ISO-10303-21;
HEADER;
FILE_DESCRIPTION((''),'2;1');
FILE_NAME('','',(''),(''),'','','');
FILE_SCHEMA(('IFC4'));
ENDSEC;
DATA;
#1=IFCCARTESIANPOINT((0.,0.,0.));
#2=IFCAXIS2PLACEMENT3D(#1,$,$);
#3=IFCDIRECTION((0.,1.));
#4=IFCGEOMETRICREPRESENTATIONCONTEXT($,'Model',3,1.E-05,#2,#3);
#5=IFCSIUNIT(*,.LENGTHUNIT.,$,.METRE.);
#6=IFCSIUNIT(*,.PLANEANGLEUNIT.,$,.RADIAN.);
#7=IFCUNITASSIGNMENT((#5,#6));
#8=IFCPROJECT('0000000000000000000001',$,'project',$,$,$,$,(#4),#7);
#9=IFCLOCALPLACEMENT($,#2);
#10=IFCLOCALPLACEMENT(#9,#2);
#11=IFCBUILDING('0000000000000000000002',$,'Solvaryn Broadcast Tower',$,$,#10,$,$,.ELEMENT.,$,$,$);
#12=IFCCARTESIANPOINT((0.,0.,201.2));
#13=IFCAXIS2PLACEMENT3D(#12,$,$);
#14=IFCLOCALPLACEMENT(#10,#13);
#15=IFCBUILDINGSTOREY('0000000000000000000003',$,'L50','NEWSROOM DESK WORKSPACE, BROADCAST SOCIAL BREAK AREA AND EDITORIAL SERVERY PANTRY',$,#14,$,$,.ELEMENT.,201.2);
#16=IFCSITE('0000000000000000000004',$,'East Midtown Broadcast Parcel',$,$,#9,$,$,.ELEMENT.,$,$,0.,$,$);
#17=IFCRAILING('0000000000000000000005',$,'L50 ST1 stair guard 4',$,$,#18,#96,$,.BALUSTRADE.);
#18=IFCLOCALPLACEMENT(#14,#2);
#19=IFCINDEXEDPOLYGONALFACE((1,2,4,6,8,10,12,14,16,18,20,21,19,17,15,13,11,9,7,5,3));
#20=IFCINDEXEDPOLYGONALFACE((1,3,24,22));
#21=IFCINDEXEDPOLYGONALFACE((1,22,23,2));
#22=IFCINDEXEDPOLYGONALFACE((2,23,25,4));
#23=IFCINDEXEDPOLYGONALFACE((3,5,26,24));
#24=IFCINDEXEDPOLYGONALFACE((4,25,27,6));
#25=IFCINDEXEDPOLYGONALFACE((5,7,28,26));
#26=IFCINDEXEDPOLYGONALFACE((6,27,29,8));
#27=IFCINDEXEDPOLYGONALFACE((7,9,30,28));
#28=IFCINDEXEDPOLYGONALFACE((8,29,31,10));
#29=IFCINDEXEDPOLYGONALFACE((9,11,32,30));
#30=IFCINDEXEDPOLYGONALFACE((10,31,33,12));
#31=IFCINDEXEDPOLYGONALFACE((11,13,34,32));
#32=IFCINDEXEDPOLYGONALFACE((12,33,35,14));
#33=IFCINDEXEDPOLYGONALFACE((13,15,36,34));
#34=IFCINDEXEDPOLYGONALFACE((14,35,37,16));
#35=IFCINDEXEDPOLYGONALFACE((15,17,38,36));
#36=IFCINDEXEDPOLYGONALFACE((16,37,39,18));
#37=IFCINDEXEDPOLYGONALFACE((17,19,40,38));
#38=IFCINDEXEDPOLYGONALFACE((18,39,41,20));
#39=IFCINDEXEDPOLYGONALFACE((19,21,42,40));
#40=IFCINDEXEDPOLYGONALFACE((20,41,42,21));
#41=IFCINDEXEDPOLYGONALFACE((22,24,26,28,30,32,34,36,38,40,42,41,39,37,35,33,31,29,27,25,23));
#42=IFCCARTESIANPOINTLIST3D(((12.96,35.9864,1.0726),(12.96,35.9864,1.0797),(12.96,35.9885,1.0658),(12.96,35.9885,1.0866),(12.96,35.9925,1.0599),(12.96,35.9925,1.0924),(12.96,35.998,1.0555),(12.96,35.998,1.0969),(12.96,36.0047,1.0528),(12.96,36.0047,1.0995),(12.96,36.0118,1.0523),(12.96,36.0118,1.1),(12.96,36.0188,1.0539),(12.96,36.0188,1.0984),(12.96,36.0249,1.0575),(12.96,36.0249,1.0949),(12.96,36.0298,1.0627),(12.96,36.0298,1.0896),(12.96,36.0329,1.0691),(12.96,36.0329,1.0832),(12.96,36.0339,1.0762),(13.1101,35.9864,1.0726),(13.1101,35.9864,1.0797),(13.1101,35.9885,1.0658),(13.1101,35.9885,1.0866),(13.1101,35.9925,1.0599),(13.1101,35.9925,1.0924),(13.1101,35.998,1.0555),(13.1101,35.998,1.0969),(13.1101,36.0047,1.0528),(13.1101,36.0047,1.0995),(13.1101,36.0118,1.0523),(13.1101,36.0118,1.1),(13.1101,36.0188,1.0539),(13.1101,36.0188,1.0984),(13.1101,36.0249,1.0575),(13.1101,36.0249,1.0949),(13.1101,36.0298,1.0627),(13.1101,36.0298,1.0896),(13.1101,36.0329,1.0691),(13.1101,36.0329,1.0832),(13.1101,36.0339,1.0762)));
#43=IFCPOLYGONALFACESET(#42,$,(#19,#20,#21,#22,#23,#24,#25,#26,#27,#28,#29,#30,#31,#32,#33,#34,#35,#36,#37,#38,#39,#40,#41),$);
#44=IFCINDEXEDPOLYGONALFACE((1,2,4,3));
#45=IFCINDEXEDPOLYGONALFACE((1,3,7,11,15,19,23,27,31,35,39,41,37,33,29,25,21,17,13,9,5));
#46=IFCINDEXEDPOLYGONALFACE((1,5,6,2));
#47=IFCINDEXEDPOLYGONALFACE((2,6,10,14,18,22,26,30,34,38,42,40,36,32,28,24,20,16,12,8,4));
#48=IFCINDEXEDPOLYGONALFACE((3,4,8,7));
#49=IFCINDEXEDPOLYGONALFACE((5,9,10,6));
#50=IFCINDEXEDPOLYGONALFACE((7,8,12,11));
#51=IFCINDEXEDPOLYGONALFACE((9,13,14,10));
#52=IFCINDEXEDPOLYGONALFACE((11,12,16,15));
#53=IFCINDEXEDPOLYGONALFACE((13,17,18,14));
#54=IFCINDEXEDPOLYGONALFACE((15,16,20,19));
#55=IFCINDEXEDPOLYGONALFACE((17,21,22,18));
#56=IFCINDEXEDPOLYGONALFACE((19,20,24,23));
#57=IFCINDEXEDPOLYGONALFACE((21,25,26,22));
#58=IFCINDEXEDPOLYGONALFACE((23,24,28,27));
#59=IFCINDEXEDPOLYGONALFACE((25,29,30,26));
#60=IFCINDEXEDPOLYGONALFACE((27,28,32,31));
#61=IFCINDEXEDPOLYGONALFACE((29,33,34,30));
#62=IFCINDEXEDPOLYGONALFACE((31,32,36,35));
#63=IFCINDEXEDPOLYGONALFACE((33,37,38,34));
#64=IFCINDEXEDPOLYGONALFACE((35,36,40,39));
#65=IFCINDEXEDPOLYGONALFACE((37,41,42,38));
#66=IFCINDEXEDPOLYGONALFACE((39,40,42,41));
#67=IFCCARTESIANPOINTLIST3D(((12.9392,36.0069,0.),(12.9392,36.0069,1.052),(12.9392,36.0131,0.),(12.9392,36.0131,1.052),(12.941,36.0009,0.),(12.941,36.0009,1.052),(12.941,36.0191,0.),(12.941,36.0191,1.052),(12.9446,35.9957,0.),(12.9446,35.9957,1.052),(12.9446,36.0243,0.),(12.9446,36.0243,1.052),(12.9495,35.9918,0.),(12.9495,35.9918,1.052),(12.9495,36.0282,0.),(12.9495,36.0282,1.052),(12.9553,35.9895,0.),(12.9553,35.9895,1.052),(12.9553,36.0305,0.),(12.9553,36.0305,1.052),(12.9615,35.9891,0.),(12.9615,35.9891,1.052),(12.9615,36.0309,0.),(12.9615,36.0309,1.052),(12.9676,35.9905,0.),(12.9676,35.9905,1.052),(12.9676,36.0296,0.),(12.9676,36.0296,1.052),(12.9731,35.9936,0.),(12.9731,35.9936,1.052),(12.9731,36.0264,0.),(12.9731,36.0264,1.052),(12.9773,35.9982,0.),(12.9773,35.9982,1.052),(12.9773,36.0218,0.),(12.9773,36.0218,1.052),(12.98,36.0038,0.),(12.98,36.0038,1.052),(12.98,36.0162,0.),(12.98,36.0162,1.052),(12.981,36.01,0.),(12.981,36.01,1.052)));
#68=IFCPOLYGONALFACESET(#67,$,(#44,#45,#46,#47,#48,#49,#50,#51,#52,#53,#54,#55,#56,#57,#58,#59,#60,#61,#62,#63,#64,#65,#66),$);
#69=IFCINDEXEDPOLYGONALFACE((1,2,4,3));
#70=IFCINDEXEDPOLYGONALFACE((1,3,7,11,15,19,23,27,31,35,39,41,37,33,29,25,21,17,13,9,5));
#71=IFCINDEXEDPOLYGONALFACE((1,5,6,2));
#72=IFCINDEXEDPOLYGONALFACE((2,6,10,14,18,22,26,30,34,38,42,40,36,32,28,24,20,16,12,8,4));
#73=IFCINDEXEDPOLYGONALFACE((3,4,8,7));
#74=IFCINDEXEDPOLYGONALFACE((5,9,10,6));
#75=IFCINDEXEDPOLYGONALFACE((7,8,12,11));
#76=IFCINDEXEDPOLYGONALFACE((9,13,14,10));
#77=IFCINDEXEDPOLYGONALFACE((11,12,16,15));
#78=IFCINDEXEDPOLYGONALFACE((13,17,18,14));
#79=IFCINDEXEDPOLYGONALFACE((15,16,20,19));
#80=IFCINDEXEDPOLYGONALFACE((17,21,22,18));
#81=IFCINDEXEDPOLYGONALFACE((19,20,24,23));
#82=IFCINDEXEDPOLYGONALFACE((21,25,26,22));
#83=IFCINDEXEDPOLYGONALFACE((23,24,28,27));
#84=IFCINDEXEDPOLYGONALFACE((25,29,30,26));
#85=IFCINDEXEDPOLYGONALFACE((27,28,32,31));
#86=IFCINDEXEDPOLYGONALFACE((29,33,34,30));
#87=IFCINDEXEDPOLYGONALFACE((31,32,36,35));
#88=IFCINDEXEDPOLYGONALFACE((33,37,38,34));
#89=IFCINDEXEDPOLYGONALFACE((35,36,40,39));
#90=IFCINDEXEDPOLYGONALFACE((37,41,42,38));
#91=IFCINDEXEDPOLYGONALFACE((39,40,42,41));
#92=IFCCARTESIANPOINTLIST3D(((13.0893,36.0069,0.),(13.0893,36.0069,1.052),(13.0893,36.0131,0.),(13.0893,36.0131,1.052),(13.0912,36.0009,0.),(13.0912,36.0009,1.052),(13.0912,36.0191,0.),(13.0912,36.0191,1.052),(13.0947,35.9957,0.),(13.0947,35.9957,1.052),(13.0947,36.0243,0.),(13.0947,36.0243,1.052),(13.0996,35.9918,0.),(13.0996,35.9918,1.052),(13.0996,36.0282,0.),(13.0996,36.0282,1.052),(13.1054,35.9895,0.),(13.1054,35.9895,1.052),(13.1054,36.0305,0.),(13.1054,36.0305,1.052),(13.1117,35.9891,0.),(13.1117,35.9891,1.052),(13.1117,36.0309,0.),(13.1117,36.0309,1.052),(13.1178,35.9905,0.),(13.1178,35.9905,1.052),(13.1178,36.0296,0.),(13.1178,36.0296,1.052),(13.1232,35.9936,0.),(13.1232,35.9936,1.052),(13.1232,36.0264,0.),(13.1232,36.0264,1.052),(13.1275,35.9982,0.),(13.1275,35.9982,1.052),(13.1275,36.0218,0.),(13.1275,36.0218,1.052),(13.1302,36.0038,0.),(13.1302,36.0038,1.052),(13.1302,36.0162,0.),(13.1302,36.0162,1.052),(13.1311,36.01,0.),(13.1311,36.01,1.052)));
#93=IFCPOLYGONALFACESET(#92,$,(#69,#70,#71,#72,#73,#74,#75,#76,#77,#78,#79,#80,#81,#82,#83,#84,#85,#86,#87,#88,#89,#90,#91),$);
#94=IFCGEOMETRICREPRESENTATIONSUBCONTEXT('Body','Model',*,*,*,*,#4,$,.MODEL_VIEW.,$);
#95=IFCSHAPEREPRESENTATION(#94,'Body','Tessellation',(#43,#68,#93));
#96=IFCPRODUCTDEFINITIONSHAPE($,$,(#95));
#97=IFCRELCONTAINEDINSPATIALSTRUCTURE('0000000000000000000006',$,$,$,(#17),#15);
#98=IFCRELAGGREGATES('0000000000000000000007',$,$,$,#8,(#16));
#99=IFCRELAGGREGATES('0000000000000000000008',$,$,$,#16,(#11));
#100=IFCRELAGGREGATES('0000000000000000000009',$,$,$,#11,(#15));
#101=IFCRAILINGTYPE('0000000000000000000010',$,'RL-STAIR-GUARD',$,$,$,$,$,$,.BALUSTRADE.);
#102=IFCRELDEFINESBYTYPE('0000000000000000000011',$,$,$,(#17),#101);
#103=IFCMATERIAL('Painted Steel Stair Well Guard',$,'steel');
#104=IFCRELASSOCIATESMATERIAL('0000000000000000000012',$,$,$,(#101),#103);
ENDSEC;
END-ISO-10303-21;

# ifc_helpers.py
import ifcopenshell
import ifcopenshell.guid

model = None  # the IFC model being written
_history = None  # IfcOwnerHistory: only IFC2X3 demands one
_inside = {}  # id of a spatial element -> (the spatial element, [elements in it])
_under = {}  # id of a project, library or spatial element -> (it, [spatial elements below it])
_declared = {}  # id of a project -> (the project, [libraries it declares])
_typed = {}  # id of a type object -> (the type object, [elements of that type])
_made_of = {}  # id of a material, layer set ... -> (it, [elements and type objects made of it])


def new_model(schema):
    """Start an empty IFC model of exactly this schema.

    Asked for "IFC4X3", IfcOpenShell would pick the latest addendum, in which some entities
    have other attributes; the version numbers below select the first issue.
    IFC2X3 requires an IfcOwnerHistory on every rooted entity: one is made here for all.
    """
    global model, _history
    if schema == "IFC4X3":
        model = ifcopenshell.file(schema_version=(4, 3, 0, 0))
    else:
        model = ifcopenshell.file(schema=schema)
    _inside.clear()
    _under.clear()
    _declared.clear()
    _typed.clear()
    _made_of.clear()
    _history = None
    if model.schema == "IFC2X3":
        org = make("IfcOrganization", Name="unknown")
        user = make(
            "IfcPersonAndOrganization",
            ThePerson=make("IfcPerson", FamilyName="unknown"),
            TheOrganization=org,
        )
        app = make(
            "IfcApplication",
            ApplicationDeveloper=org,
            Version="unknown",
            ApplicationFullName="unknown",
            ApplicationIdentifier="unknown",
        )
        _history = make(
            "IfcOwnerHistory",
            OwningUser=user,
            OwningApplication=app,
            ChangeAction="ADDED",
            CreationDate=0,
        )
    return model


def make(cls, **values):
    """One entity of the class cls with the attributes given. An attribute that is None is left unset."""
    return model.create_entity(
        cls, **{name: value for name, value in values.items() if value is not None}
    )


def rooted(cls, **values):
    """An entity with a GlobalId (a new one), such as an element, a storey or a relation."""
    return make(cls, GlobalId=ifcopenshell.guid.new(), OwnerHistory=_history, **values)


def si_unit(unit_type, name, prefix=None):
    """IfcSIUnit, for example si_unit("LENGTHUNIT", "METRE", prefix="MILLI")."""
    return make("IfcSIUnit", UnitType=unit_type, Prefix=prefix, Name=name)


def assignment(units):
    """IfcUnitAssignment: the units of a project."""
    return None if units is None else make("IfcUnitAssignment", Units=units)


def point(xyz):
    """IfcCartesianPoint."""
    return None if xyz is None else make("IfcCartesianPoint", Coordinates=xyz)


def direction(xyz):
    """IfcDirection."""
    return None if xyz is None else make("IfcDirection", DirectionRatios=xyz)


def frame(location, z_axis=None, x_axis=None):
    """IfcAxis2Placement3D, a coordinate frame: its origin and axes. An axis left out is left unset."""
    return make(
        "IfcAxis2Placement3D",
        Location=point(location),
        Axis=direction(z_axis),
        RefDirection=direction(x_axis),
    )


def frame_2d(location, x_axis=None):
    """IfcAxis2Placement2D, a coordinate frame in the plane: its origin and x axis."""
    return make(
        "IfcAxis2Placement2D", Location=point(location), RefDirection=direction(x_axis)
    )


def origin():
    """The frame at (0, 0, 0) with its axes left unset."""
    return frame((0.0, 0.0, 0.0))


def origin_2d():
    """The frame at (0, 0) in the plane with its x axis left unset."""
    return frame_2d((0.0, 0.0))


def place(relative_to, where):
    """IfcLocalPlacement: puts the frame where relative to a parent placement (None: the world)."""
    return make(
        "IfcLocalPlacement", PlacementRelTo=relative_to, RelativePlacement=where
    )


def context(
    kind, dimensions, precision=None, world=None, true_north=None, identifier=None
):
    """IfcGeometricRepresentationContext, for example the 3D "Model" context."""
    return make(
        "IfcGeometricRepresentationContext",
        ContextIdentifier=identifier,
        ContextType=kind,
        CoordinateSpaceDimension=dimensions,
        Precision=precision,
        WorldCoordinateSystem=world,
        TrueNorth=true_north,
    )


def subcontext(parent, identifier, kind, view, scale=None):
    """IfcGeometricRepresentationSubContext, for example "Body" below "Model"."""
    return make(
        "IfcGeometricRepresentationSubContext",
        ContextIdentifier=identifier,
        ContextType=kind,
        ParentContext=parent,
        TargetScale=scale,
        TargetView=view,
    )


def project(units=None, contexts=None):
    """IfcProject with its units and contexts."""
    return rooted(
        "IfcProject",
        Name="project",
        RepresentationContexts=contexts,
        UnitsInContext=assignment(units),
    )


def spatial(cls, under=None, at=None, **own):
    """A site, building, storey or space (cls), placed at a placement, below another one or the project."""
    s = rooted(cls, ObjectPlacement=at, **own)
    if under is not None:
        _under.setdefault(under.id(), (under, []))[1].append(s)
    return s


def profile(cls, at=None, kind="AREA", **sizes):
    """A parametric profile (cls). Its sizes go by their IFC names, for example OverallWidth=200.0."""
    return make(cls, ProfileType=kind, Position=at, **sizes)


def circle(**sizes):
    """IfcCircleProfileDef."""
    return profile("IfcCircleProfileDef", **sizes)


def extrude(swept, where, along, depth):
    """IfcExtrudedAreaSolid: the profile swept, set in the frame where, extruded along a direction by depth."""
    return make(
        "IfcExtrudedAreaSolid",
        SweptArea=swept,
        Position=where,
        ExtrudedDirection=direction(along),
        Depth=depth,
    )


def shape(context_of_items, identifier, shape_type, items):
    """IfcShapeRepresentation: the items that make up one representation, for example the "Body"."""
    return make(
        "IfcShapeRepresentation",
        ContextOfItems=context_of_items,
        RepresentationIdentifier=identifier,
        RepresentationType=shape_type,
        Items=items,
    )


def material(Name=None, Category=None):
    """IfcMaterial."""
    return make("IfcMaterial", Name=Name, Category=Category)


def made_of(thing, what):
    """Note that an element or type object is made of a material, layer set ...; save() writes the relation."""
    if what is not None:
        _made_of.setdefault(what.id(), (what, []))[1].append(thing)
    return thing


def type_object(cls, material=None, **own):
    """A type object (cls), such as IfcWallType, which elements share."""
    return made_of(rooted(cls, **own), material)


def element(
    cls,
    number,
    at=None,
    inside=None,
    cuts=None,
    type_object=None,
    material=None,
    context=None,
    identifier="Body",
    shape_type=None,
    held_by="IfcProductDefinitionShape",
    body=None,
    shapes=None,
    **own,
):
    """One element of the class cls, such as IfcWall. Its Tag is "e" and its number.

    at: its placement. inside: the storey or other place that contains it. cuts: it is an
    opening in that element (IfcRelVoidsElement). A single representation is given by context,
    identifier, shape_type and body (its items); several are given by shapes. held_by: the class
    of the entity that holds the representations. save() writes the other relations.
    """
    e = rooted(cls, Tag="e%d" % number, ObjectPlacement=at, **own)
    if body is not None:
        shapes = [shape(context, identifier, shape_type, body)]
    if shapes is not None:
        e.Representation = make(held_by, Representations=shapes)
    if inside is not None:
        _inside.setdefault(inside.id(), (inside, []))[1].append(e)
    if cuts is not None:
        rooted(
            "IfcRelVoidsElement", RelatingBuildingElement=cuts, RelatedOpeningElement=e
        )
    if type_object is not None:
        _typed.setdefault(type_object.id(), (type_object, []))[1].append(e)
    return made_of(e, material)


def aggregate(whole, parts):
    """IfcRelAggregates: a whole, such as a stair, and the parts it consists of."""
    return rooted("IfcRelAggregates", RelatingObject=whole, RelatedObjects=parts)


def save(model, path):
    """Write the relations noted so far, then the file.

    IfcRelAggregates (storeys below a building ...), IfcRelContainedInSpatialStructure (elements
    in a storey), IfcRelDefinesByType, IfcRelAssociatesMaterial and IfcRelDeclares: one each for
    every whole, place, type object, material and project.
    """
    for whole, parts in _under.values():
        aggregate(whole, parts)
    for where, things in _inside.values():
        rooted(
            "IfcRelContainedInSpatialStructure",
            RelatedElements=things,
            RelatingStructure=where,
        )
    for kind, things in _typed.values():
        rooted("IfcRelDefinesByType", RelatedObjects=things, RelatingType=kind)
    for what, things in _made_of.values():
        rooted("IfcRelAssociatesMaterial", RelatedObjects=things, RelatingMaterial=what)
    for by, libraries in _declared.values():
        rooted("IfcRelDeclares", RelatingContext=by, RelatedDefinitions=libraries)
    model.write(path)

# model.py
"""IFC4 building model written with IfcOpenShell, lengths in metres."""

from ifc_helpers import new_model, si_unit, direction, frame, origin, origin_2d, place, context, subcontext, project, spatial, circle, extrude, material, type_object, element, save


model = new_model("IFC4")

# Units and contexts
model_context = context("Model", 3, precision=1e-05, world=origin(), true_north=direction((0.0, 1.0)))
body_context = subcontext(model_context, "Body", "Model", "MODEL_VIEW")
ifc_project = project(units=[si_unit("LENGTHUNIT", "METRE"), si_unit("PLANEANGLEUNIT", "RADIAN")], contexts=[model_context])

# Site, building, storey
site_placement = place(None, origin())
site = spatial("IfcSite", under=ifc_project, at=site_placement, Name="East Midtown Broadcast Parcel", CompositionType="ELEMENT", RefElevation=0.0)
building_placement = place(site_placement, origin())
building = spatial("IfcBuilding", under=site, at=building_placement, Name="Solvaryn Broadcast Tower", CompositionType="ELEMENT")
storey_placement = place(building_placement, frame((0.0, 0.0, 201.2)))
storey = spatial("IfcBuildingStorey", under=building, at=storey_placement, Name="L50", Description="NEWSROOM DESK WORKSPACE, BROADCAST SOCIAL BREAK AREA AND EDITORIAL SERVERY PANTRY", CompositionType="ELEMENT", Elevation=201.2)

# Railing
ifc_material_1 = material(Name="Painted Steel Stair Well Guard", Category="steel")
railing_type_1 = type_object("IfcRailingType", Name="RL-STAIR-GUARD", PredefinedType="BALUSTRADE", material=ifc_material_1)
railing_1_placement = place(storey_placement, frame((12.96, 36.01, 0.0)))
element("IfcRailing", 1, at=railing_1_placement, inside=storey, type_object=railing_type_1, Name="L50 ST1 stair guard 4", PredefinedType="BALUSTRADE", context=body_context, shape_type="SweptSolid", body=[
    extrude(circle(Radius=0.0239, at=origin_2d()), frame((0.0, 0.0, 1.0762), z_axis=(1.0, 0.0, 0.0), x_axis=(0.0, 1.0, 0.0)), (0.0, 0.0, 1.0), 0.1501),
    extrude(circle(Radius=0.021, at=origin_2d()), origin(), (0.0, 0.0, 1.0), 1.052),
    extrude(circle(Radius=0.021, at=origin_2d()), frame((0.1501, 0.0, 0.0)), (0.0, 0.0, 1.0), 1.052),
])

save(model, "model.ifc")
